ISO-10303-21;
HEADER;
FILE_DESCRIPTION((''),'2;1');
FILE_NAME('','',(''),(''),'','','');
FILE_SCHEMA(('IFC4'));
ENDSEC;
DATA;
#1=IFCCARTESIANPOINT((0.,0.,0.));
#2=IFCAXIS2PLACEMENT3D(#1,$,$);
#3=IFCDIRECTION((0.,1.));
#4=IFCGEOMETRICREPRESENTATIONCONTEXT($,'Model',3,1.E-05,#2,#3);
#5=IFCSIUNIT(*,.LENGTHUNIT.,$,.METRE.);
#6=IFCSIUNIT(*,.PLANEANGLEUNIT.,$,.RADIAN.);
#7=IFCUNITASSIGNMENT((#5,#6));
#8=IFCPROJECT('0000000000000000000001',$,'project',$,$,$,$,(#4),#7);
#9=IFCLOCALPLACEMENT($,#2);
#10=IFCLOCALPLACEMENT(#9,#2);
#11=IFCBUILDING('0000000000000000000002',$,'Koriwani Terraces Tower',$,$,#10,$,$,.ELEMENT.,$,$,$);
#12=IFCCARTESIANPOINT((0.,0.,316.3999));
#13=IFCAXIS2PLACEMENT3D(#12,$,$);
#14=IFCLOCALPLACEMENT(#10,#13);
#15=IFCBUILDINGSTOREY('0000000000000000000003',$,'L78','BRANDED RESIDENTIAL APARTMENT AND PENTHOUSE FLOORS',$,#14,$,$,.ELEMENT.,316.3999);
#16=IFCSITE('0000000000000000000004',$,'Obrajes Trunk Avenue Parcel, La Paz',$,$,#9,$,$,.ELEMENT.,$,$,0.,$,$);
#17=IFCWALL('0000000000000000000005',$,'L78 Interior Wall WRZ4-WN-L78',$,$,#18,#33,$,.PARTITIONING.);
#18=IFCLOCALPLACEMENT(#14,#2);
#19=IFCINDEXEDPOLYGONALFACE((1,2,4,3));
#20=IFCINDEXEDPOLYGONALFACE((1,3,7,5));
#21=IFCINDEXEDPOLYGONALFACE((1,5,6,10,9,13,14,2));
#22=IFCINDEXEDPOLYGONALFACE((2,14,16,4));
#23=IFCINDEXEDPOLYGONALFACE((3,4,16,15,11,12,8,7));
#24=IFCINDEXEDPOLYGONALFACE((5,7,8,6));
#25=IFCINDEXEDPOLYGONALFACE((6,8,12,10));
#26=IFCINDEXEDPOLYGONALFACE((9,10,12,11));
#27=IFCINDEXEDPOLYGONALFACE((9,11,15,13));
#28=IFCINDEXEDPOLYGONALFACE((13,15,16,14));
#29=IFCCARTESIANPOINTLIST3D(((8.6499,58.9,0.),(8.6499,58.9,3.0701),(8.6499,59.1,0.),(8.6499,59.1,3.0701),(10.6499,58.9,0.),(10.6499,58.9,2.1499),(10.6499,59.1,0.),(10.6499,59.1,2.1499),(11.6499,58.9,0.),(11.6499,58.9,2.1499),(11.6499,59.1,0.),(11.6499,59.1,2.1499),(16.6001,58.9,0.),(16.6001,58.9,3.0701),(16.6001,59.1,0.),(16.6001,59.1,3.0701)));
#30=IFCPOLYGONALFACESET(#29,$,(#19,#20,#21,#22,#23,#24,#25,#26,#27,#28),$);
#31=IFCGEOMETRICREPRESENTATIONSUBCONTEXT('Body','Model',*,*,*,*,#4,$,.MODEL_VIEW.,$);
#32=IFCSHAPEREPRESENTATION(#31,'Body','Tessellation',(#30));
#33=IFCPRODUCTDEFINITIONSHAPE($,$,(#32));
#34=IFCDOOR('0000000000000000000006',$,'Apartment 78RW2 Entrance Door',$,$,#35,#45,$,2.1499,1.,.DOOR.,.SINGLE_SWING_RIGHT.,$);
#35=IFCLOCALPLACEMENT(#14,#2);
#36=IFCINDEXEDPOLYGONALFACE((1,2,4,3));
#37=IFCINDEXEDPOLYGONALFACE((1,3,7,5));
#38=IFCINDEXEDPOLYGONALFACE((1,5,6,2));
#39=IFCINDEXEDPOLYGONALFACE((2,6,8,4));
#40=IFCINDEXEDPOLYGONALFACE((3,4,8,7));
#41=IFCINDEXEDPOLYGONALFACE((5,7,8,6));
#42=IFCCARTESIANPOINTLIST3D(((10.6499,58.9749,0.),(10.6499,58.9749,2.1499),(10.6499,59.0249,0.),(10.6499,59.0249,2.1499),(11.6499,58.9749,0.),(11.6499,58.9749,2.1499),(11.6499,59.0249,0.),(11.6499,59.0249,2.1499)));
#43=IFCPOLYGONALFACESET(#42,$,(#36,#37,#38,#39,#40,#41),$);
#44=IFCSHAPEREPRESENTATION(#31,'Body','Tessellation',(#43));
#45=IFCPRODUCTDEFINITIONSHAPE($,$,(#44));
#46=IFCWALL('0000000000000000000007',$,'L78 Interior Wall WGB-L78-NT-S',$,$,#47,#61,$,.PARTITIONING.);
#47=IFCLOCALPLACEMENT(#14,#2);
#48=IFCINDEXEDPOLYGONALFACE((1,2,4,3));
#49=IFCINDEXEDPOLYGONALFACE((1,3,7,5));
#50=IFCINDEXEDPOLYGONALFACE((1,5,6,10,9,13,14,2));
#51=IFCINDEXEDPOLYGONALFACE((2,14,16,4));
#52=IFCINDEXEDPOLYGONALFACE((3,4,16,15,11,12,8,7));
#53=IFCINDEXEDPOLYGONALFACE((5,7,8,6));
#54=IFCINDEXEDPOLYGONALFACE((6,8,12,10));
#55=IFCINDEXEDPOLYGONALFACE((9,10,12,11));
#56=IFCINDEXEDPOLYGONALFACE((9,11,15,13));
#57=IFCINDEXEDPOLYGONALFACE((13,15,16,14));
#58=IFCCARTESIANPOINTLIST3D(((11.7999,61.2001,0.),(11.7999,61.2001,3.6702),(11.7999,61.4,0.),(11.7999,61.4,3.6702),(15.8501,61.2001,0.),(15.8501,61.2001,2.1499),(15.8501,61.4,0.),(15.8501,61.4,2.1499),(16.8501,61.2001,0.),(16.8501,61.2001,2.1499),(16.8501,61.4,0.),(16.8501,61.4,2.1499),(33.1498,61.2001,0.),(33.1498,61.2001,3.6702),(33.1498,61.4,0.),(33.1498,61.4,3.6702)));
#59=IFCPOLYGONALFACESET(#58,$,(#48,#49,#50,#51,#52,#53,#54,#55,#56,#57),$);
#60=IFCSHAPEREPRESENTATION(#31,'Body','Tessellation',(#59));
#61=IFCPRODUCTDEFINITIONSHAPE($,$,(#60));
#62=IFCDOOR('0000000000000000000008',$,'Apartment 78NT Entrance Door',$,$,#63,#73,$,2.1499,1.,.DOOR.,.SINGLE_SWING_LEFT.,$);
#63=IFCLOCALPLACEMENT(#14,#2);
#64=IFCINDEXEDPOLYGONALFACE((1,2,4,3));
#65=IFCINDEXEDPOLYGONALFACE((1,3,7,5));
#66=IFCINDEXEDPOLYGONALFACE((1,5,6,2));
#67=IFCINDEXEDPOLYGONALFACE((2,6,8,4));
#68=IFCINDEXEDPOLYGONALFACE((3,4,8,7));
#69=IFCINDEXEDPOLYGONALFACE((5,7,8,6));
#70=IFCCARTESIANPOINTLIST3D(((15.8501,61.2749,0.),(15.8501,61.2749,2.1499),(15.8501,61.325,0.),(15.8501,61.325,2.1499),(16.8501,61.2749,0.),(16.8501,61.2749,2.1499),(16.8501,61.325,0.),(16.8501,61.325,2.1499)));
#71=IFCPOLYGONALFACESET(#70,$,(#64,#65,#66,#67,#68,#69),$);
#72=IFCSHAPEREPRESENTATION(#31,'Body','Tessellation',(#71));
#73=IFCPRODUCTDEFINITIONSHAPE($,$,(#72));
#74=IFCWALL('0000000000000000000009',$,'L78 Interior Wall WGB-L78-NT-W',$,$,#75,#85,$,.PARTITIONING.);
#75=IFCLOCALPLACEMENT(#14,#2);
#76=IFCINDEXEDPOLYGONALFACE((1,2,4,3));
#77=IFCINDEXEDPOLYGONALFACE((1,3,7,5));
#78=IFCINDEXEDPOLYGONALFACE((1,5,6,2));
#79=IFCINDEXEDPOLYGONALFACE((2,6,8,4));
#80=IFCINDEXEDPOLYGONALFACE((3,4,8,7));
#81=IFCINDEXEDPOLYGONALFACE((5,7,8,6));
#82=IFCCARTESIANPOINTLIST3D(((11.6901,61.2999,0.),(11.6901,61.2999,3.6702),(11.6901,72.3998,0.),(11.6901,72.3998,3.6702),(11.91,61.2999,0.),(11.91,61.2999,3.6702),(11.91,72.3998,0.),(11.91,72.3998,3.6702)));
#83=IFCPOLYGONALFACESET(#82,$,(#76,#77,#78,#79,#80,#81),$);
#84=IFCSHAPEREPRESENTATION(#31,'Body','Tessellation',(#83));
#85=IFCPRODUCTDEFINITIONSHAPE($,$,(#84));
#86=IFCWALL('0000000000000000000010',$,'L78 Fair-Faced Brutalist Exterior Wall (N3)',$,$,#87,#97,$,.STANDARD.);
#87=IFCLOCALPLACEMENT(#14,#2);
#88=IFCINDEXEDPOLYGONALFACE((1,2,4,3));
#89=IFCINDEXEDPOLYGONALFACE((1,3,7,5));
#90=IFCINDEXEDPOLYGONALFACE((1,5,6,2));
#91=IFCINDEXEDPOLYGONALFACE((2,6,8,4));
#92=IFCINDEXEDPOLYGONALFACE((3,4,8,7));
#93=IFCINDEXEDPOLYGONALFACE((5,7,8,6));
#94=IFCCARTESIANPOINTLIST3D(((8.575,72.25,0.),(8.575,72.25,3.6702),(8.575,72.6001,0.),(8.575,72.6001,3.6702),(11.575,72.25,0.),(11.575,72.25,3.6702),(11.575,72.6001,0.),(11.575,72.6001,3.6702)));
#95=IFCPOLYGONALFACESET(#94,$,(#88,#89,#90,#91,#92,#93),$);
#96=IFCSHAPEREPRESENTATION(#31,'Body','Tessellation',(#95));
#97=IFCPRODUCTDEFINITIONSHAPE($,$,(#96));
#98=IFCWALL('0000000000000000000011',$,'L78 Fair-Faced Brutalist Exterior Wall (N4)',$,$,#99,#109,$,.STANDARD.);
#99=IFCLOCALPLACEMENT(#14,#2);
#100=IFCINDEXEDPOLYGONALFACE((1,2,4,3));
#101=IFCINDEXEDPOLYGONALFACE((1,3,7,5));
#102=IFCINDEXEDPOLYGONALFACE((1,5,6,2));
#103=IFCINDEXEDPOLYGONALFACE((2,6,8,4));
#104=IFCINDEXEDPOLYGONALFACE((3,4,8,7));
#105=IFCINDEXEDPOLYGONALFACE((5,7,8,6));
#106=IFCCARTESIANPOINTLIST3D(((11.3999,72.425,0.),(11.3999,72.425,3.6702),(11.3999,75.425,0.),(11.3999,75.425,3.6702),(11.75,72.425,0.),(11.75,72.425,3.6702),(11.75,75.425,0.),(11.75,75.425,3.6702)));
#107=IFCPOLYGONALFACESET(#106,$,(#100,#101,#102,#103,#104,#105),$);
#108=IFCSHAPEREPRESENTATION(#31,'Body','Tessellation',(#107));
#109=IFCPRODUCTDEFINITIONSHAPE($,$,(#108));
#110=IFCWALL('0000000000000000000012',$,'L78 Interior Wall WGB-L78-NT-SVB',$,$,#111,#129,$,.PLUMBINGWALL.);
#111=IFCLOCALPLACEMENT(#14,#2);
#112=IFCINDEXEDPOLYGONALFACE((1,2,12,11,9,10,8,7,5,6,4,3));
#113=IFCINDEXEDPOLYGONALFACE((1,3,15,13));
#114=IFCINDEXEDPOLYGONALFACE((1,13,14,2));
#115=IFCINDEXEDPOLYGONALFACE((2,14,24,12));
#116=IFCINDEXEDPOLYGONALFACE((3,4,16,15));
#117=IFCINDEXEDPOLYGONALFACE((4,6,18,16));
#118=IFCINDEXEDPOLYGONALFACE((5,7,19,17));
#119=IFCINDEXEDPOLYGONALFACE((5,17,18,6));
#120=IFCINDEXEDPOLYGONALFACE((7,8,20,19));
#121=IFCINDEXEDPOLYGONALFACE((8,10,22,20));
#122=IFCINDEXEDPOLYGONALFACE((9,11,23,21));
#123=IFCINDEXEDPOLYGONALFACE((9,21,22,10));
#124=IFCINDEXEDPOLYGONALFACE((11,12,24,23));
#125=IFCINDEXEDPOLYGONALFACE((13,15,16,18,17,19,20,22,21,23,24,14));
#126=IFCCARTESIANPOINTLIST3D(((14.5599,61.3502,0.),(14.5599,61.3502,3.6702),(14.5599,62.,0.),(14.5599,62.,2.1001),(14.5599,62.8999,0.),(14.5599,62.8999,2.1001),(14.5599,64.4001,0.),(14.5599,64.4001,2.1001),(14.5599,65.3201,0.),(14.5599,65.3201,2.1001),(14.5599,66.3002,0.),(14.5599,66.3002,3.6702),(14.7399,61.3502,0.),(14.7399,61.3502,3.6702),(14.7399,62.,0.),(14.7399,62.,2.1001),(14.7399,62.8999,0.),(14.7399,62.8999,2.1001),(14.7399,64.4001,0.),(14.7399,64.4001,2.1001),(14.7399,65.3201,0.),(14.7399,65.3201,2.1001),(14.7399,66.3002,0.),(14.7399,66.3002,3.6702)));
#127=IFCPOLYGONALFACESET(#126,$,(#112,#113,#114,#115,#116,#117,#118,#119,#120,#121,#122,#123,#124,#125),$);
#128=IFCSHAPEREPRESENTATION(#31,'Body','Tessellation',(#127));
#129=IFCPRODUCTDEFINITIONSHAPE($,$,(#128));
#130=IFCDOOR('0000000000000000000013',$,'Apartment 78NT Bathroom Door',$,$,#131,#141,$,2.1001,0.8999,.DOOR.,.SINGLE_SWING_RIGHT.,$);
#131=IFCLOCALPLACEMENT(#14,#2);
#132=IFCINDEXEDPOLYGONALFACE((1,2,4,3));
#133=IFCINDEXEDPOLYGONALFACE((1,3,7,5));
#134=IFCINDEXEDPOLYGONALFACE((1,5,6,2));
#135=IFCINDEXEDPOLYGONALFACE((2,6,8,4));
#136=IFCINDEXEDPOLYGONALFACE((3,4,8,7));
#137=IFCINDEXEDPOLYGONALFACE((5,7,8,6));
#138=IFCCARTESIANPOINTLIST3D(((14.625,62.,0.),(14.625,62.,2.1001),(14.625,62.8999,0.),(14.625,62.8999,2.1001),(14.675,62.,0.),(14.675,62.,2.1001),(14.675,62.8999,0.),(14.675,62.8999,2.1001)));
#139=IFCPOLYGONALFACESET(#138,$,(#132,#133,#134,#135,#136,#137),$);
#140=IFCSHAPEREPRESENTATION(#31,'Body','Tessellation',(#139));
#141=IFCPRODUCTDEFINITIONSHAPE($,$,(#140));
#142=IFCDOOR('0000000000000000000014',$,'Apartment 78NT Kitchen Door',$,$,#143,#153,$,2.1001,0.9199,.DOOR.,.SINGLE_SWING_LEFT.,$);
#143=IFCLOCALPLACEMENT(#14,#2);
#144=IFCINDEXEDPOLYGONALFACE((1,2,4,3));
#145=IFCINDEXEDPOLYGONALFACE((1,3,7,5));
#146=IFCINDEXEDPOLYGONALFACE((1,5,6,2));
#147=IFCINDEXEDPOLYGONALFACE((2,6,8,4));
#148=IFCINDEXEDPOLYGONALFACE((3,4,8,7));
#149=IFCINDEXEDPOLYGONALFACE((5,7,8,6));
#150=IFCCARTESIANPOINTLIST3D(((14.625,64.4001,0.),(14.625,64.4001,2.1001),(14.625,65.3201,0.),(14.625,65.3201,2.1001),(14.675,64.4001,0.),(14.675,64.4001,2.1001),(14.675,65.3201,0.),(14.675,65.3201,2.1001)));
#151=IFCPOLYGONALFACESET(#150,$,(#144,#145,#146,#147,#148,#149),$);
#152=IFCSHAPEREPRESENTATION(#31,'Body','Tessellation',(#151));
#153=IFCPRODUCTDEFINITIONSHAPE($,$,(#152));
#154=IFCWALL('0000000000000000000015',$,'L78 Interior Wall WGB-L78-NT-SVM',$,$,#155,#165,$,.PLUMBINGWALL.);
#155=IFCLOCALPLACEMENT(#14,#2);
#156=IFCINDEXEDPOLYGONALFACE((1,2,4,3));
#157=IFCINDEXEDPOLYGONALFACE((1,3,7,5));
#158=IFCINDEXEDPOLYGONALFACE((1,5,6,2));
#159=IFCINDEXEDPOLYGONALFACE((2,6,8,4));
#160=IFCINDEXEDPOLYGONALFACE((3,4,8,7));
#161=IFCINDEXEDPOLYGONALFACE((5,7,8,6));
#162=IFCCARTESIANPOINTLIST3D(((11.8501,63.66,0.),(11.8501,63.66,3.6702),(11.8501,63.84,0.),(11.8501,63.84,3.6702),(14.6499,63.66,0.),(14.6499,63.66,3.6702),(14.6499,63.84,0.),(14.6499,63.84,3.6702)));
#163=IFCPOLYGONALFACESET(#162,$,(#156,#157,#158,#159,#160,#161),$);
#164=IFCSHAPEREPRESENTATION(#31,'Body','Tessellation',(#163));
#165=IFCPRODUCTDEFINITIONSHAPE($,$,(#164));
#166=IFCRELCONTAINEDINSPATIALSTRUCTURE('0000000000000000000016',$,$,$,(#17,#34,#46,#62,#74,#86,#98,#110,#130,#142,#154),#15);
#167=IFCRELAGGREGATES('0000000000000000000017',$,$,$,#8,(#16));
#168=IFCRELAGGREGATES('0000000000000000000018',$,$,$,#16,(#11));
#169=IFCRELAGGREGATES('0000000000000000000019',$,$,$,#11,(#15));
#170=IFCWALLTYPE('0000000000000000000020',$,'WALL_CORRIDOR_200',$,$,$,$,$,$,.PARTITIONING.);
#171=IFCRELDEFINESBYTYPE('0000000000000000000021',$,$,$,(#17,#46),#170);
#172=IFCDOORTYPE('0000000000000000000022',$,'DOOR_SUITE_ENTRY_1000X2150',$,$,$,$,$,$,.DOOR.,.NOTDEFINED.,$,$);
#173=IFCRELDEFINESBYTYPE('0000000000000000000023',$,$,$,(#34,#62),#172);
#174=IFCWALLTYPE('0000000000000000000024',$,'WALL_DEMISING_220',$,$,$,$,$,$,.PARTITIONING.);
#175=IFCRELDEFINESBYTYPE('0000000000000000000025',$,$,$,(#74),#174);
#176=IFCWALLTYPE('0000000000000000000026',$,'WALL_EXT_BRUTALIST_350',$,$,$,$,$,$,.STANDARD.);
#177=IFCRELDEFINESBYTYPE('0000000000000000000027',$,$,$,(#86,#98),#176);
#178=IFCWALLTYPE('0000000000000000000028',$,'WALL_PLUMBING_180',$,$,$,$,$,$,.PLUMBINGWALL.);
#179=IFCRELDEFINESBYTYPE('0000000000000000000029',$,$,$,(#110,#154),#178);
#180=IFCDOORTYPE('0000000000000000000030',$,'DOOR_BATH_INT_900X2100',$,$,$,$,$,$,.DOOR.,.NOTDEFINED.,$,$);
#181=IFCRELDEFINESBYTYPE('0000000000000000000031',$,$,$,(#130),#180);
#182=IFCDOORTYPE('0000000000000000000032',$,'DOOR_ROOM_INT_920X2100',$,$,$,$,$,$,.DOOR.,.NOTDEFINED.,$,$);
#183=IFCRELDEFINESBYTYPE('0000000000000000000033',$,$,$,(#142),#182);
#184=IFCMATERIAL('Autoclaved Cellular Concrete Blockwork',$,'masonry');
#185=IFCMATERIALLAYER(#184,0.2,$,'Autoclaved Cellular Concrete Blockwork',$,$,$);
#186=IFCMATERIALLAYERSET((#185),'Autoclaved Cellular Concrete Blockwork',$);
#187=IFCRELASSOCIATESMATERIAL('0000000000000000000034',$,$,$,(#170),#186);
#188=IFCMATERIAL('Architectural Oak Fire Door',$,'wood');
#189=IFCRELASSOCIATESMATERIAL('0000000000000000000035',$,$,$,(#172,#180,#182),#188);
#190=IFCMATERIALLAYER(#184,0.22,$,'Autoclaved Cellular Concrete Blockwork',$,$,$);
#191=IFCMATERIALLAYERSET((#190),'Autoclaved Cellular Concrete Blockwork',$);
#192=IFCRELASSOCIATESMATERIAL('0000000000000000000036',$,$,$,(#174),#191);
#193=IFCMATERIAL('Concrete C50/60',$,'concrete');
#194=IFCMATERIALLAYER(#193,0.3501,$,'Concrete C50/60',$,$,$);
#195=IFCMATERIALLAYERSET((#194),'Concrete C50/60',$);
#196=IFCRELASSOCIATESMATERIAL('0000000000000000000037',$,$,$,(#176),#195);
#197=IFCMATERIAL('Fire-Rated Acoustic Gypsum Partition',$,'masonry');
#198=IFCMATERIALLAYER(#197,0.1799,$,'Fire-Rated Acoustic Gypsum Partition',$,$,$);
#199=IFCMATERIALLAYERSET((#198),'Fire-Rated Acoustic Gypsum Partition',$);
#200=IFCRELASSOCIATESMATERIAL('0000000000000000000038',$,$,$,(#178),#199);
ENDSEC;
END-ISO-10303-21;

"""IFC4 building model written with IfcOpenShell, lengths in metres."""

from ifc_helpers import new_model, si_unit, direction, frame, frame_2d, origin, place, context, subcontext, project, spatial, rectangle, extrude, material, layer, layer_set, type_object, element, fill, save


model = new_model("IFC4")

# Units and contexts
model_context = context("Model", 3, precision=1e-05, world=origin(), true_north=direction((0.0, 1.0)))
body_context = subcontext(model_context, "Body", "Model", "MODEL_VIEW")
ifc_project = project(units=[si_unit("LENGTHUNIT", "METRE"), si_unit("PLANEANGLEUNIT", "RADIAN")], contexts=[model_context])

# Site, building, storey
site_placement = place(None, origin())
site = spatial("IfcSite", under=ifc_project, at=site_placement, Name="Obrajes Trunk Avenue Parcel, La Paz", CompositionType="ELEMENT", RefElevation=0.0)
building_placement = place(site_placement, origin())
building = spatial("IfcBuilding", under=site, at=building_placement, Name="Koriwani Terraces Tower", CompositionType="ELEMENT")
storey_placement = place(building_placement, frame((0.0, 0.0, 316.3999)))
storey = spatial("IfcBuildingStorey", under=building, at=storey_placement, Name="L78", Description="BRANDED RESIDENTIAL APARTMENT AND PENTHOUSE FLOORS", CompositionType="ELEMENT", Elevation=316.3999)

# Shared definitions
ifc_material_1 = material(Name="Concrete C50/60", Category="concrete")

# Walls, openings, doors
ifc_material_2 = material(Name="Autoclaved Cellular Concrete Blockwork", Category="masonry")
ifc_layer_1 = layer(ifc_material_2, 0.2, Name="Autoclaved Cellular Concrete Blockwork")
ifc_layer_set_1 = layer_set([ifc_layer_1], Name="Autoclaved Cellular Concrete Blockwork")
wall_type_1 = type_object("IfcWallType", Name="WALL_CORRIDOR_200", PredefinedType="PARTITIONING", material=ifc_layer_set_1)
wall_1_placement = place(storey_placement, frame((8.6499, 59.0, 0.0), z_axis=(0.0, 0.0, 1.0), x_axis=(1.0, 0.0, 0.0)))
wall_1 = element("IfcWall", 1, at=wall_1_placement, inside=storey, type_object=wall_type_1, Name="L78 Interior Wall WRZ4-WN-L78", PredefinedType="PARTITIONING", context=body_context, shape_type="SweptSolid", body=[
    extrude(rectangle(XDim=7.9502, YDim=0.2, at=frame_2d((3.9751, 0.0))), origin(), (0.0, 0.0, 1.0), 3.0701),
])
opening_1_placement = place(wall_1_placement, frame((2.0, 0.0, 0.0)))
opening_1 = element("IfcOpeningElement", 2, at=opening_1_placement, cuts=wall_1, PredefinedType="OPENING", context=body_context, shape_type="SweptSolid", body=[
    extrude(rectangle(XDim=1.0, YDim=2.1499, at=frame_2d((0.5, 1.075))), frame((0.0, 0.1099, 0.0), z_axis=(0.0, -1.0, 0.0), x_axis=(1.0, 0.0, 0.0)), (0.0, 0.0, 1.0), 0.22),
])
ifc_material_3 = material(Name="Architectural Oak Fire Door", Category="wood")
door_type_1 = type_object("IfcDoorType", Name="DOOR_SUITE_ENTRY_1000X2150", OperationType="NOTDEFINED", PredefinedType="DOOR", material=ifc_material_3)
door_1_placement = place(opening_1_placement, origin())
door_1 = element("IfcDoor", 3, at=door_1_placement, inside=storey, type_object=door_type_1, Name="Apartment 78RW2 Entrance Door", OperationType="SINGLE_SWING_RIGHT", OverallHeight=2.1499, OverallWidth=1.0, PredefinedType="DOOR", context=body_context, shape_type="SweptSolid", body=[
    extrude(rectangle(XDim=1.0, YDim=2.1499, at=frame_2d((0.5, 1.075))), frame((0.0, 0.0249, 0.0), z_axis=(0.0, -1.0, 0.0), x_axis=(1.0, 0.0, 0.0)), (0.0, 0.0, 1.0), 0.05),
])
fill(opening_1, door_1)
wall_2_placement = place(storey_placement, frame((11.8, 61.3, 0.0), z_axis=(0.0, 0.0, 1.0), x_axis=(1.0, 0.0, 0.0)))
wall_2 = element("IfcWall", 4, at=wall_2_placement, inside=storey, type_object=wall_type_1, Name="L78 Interior Wall WGB-L78-NT-S", PredefinedType="PARTITIONING", context=body_context, shape_type="SweptSolid", body=[
    extrude(rectangle(XDim=21.3499, YDim=0.2, at=frame_2d((10.6748, 0.0))), origin(), (0.0, 0.0, 1.0), 3.6702),
])
opening_2_placement = place(wall_2_placement, frame((4.05, 0.0, 0.0)))
opening_2 = element("IfcOpeningElement", 5, at=opening_2_placement, cuts=wall_2, PredefinedType="OPENING", context=body_context, shape_type="SweptSolid", body=[
    extrude(rectangle(XDim=1.0, YDim=2.1499, at=frame_2d((0.5, 1.075))), frame((0.0, 0.1099, 0.0), z_axis=(0.0, -1.0, 0.0), x_axis=(1.0, 0.0, 0.0)), (0.0, 0.0, 1.0), 0.22),
])
door_2_placement = place(opening_2_placement, origin())
door_2 = element("IfcDoor", 6, at=door_2_placement, inside=storey, type_object=door_type_1, Name="Apartment 78NT Entrance Door", OperationType="SINGLE_SWING_LEFT", OverallHeight=2.1499, OverallWidth=1.0, PredefinedType="DOOR", context=body_context, shape_type="SweptSolid", body=[
    extrude(rectangle(XDim=1.0, YDim=2.1499, at=frame_2d((0.5, 1.075))), frame((0.0, 0.0249, 0.0), z_axis=(0.0, -1.0, 0.0), x_axis=(1.0, 0.0, 0.0)), (0.0, 0.0, 1.0), 0.05),
])
fill(opening_2, door_2)

# Walls
ifc_layer_2 = layer(ifc_material_2, 0.22, Name="Autoclaved Cellular Concrete Blockwork")
ifc_layer_set_2 = layer_set([ifc_layer_2], Name="Autoclaved Cellular Concrete Blockwork")
wall_type_2 = type_object("IfcWallType", Name="WALL_DEMISING_220", PredefinedType="PARTITIONING", material=ifc_layer_set_2)
wall_3_placement = place(storey_placement, frame((11.8, 61.3, 0.0), z_axis=(0.0, 0.0, 1.0), x_axis=(0.0, 1.0, 0.0)))
element("IfcWall", 7, at=wall_3_placement, inside=storey, type_object=wall_type_2, Name="L78 Interior Wall WGB-L78-NT-W", PredefinedType="PARTITIONING", context=body_context, shape_type="SweptSolid", body=[
    extrude(rectangle(XDim=11.0999, YDim=0.22, at=frame_2d((5.5498, 0.0))), origin(), (0.0, 0.0, 1.0), 3.6702),
])
ifc_layer_3 = layer(ifc_material_1, 0.3501, Name="Concrete C50/60")
ifc_layer_set_3 = layer_set([ifc_layer_3], Name="Concrete C50/60")
wall_type_3 = type_object("IfcWallType", Name="WALL_EXT_BRUTALIST_350", PredefinedType="STANDARD", material=ifc_layer_set_3)
for number, where, z_axis, x_axis, name in (
    (8, (8.575, 72.425, 0.0), (0.0, 0.0, 1.0), (1.0, 0.0, 0.0), "L78 Fair-Faced Brutalist Exterior Wall (N3)"),
    (9, (11.575, 72.425, 0.0), (0.0, 0.0, 1.0), (0.0, 1.0, 0.0), "L78 Fair-Faced Brutalist Exterior Wall (N4)"),
):
    element("IfcWall", number, at=place(storey_placement, frame(where, z_axis=z_axis, x_axis=x_axis)), inside=storey, type_object=wall_type_3, Name=name, PredefinedType="STANDARD", context=body_context, shape_type="SweptSolid", body=[
        extrude(rectangle(XDim=3.0, YDim=0.3501, at=frame_2d((1.5, 0.0))), origin(), (0.0, 0.0, 1.0), 3.6702),
    ])

# Wall, openings, doors
ifc_material_4 = material(Name="Fire-Rated Acoustic Gypsum Partition", Category="masonry")
ifc_layer_4 = layer(ifc_material_4, 0.1799, Name="Fire-Rated Acoustic Gypsum Partition")
ifc_layer_set_4 = layer_set([ifc_layer_4], Name="Fire-Rated Acoustic Gypsum Partition")
wall_type_4 = type_object("IfcWallType", Name="WALL_PLUMBING_180", PredefinedType="PLUMBINGWALL", material=ifc_layer_set_4)
wall_4_placement = place(storey_placement, frame((14.6499, 61.3501, 0.0), z_axis=(0.0, 0.0, 1.0), x_axis=(0.0, 1.0, 0.0)))
wall_4 = element("IfcWall", 10, at=wall_4_placement, inside=storey, type_object=wall_type_4, Name="L78 Interior Wall WGB-L78-NT-SVB", PredefinedType="PLUMBINGWALL", context=body_context, shape_type="SweptSolid", body=[
    extrude(rectangle(XDim=4.95, YDim=0.1799, at=frame_2d((2.4751, 0.0))), origin(), (0.0, 0.0, 1.0), 3.6702),
])
opening_3_placement = place(wall_4_placement, frame((0.6499, 0.0, 0.0)))
opening_3 = element("IfcOpeningElement", 11, at=opening_3_placement, cuts=wall_4, PredefinedType="OPENING", context=body_context, shape_type="SweptSolid", body=[
    extrude(rectangle(XDim=0.8999, YDim=2.1001, at=frame_2d((0.45, 1.05))), frame((0.0, 0.1001, 0.0), z_axis=(0.0, -1.0, 0.0), x_axis=(1.0, 0.0, 0.0)), (0.0, 0.0, 1.0), 0.2),
])
opening_4_placement = place(wall_4_placement, frame((3.05, 0.0, 0.0)))
opening_4 = element("IfcOpeningElement", 12, at=opening_4_placement, cuts=wall_4, PredefinedType="OPENING", context=body_context, shape_type="SweptSolid", body=[
    extrude(rectangle(XDim=0.9199, YDim=2.1001, at=frame_2d((0.46, 1.05))), frame((0.0, 0.1001, 0.0), z_axis=(0.0, -1.0, 0.0), x_axis=(1.0, 0.0, 0.0)), (0.0, 0.0, 1.0), 0.2),
])
door_type_2 = type_object("IfcDoorType", Name="DOOR_BATH_INT_900X2100", OperationType="NOTDEFINED", PredefinedType="DOOR", material=ifc_material_3)
door_3_placement = place(opening_3_placement, origin())
door_3 = element("IfcDoor", 13, at=door_3_placement, inside=storey, type_object=door_type_2, Name="Apartment 78NT Bathroom Door", OperationType="SINGLE_SWING_RIGHT", OverallHeight=2.1001, OverallWidth=0.8999, PredefinedType="DOOR", context=body_context, shape_type="SweptSolid", body=[
    extrude(rectangle(XDim=0.8999, YDim=2.1001, at=frame_2d((0.45, 1.05))), frame((0.0, 0.0249, 0.0), z_axis=(0.0, -1.0, 0.0), x_axis=(1.0, 0.0, 0.0)), (0.0, 0.0, 1.0), 0.05),
])
fill(opening_3, door_3)
door_type_3 = type_object("IfcDoorType", Name="DOOR_ROOM_INT_920X2100", OperationType="NOTDEFINED", PredefinedType="DOOR", material=ifc_material_3)
door_4_placement = place(opening_4_placement, origin())
door_4 = element("IfcDoor", 14, at=door_4_placement, inside=storey, type_object=door_type_3, Name="Apartment 78NT Kitchen Door", OperationType="SINGLE_SWING_LEFT", OverallHeight=2.1001, OverallWidth=0.9199, PredefinedType="DOOR", context=body_context, shape_type="SweptSolid", body=[
    extrude(rectangle(XDim=0.9199, YDim=2.1001, at=frame_2d((0.46, 1.05))), frame((0.0, 0.0249, 0.0), z_axis=(0.0, -1.0, 0.0), x_axis=(1.0, 0.0, 0.0)), (0.0, 0.0, 1.0), 0.05),
])
fill(opening_4, door_4)

# Wall
for number, where, z_axis, x_axis, name in (
    (15, (11.8501, 63.75, 0.0), (0.0, 0.0, 1.0), (1.0, 0.0, 0.0), "L78 Interior Wall WGB-L78-NT-SVM"),
):
    element("IfcWall", number, at=place(storey_placement, frame(where, z_axis=z_axis, x_axis=x_axis)), inside=storey, type_object=wall_type_4, Name=name, PredefinedType="PLUMBINGWALL", context=body_context, shape_type="SweptSolid", body=[
        extrude(rectangle(XDim=2.7998, YDim=0.1799, at=frame_2d((1.3999, 0.0))), origin(), (0.0, 0.0, 1.0), 3.6702),
    ])

save(model, "model.ifc")
